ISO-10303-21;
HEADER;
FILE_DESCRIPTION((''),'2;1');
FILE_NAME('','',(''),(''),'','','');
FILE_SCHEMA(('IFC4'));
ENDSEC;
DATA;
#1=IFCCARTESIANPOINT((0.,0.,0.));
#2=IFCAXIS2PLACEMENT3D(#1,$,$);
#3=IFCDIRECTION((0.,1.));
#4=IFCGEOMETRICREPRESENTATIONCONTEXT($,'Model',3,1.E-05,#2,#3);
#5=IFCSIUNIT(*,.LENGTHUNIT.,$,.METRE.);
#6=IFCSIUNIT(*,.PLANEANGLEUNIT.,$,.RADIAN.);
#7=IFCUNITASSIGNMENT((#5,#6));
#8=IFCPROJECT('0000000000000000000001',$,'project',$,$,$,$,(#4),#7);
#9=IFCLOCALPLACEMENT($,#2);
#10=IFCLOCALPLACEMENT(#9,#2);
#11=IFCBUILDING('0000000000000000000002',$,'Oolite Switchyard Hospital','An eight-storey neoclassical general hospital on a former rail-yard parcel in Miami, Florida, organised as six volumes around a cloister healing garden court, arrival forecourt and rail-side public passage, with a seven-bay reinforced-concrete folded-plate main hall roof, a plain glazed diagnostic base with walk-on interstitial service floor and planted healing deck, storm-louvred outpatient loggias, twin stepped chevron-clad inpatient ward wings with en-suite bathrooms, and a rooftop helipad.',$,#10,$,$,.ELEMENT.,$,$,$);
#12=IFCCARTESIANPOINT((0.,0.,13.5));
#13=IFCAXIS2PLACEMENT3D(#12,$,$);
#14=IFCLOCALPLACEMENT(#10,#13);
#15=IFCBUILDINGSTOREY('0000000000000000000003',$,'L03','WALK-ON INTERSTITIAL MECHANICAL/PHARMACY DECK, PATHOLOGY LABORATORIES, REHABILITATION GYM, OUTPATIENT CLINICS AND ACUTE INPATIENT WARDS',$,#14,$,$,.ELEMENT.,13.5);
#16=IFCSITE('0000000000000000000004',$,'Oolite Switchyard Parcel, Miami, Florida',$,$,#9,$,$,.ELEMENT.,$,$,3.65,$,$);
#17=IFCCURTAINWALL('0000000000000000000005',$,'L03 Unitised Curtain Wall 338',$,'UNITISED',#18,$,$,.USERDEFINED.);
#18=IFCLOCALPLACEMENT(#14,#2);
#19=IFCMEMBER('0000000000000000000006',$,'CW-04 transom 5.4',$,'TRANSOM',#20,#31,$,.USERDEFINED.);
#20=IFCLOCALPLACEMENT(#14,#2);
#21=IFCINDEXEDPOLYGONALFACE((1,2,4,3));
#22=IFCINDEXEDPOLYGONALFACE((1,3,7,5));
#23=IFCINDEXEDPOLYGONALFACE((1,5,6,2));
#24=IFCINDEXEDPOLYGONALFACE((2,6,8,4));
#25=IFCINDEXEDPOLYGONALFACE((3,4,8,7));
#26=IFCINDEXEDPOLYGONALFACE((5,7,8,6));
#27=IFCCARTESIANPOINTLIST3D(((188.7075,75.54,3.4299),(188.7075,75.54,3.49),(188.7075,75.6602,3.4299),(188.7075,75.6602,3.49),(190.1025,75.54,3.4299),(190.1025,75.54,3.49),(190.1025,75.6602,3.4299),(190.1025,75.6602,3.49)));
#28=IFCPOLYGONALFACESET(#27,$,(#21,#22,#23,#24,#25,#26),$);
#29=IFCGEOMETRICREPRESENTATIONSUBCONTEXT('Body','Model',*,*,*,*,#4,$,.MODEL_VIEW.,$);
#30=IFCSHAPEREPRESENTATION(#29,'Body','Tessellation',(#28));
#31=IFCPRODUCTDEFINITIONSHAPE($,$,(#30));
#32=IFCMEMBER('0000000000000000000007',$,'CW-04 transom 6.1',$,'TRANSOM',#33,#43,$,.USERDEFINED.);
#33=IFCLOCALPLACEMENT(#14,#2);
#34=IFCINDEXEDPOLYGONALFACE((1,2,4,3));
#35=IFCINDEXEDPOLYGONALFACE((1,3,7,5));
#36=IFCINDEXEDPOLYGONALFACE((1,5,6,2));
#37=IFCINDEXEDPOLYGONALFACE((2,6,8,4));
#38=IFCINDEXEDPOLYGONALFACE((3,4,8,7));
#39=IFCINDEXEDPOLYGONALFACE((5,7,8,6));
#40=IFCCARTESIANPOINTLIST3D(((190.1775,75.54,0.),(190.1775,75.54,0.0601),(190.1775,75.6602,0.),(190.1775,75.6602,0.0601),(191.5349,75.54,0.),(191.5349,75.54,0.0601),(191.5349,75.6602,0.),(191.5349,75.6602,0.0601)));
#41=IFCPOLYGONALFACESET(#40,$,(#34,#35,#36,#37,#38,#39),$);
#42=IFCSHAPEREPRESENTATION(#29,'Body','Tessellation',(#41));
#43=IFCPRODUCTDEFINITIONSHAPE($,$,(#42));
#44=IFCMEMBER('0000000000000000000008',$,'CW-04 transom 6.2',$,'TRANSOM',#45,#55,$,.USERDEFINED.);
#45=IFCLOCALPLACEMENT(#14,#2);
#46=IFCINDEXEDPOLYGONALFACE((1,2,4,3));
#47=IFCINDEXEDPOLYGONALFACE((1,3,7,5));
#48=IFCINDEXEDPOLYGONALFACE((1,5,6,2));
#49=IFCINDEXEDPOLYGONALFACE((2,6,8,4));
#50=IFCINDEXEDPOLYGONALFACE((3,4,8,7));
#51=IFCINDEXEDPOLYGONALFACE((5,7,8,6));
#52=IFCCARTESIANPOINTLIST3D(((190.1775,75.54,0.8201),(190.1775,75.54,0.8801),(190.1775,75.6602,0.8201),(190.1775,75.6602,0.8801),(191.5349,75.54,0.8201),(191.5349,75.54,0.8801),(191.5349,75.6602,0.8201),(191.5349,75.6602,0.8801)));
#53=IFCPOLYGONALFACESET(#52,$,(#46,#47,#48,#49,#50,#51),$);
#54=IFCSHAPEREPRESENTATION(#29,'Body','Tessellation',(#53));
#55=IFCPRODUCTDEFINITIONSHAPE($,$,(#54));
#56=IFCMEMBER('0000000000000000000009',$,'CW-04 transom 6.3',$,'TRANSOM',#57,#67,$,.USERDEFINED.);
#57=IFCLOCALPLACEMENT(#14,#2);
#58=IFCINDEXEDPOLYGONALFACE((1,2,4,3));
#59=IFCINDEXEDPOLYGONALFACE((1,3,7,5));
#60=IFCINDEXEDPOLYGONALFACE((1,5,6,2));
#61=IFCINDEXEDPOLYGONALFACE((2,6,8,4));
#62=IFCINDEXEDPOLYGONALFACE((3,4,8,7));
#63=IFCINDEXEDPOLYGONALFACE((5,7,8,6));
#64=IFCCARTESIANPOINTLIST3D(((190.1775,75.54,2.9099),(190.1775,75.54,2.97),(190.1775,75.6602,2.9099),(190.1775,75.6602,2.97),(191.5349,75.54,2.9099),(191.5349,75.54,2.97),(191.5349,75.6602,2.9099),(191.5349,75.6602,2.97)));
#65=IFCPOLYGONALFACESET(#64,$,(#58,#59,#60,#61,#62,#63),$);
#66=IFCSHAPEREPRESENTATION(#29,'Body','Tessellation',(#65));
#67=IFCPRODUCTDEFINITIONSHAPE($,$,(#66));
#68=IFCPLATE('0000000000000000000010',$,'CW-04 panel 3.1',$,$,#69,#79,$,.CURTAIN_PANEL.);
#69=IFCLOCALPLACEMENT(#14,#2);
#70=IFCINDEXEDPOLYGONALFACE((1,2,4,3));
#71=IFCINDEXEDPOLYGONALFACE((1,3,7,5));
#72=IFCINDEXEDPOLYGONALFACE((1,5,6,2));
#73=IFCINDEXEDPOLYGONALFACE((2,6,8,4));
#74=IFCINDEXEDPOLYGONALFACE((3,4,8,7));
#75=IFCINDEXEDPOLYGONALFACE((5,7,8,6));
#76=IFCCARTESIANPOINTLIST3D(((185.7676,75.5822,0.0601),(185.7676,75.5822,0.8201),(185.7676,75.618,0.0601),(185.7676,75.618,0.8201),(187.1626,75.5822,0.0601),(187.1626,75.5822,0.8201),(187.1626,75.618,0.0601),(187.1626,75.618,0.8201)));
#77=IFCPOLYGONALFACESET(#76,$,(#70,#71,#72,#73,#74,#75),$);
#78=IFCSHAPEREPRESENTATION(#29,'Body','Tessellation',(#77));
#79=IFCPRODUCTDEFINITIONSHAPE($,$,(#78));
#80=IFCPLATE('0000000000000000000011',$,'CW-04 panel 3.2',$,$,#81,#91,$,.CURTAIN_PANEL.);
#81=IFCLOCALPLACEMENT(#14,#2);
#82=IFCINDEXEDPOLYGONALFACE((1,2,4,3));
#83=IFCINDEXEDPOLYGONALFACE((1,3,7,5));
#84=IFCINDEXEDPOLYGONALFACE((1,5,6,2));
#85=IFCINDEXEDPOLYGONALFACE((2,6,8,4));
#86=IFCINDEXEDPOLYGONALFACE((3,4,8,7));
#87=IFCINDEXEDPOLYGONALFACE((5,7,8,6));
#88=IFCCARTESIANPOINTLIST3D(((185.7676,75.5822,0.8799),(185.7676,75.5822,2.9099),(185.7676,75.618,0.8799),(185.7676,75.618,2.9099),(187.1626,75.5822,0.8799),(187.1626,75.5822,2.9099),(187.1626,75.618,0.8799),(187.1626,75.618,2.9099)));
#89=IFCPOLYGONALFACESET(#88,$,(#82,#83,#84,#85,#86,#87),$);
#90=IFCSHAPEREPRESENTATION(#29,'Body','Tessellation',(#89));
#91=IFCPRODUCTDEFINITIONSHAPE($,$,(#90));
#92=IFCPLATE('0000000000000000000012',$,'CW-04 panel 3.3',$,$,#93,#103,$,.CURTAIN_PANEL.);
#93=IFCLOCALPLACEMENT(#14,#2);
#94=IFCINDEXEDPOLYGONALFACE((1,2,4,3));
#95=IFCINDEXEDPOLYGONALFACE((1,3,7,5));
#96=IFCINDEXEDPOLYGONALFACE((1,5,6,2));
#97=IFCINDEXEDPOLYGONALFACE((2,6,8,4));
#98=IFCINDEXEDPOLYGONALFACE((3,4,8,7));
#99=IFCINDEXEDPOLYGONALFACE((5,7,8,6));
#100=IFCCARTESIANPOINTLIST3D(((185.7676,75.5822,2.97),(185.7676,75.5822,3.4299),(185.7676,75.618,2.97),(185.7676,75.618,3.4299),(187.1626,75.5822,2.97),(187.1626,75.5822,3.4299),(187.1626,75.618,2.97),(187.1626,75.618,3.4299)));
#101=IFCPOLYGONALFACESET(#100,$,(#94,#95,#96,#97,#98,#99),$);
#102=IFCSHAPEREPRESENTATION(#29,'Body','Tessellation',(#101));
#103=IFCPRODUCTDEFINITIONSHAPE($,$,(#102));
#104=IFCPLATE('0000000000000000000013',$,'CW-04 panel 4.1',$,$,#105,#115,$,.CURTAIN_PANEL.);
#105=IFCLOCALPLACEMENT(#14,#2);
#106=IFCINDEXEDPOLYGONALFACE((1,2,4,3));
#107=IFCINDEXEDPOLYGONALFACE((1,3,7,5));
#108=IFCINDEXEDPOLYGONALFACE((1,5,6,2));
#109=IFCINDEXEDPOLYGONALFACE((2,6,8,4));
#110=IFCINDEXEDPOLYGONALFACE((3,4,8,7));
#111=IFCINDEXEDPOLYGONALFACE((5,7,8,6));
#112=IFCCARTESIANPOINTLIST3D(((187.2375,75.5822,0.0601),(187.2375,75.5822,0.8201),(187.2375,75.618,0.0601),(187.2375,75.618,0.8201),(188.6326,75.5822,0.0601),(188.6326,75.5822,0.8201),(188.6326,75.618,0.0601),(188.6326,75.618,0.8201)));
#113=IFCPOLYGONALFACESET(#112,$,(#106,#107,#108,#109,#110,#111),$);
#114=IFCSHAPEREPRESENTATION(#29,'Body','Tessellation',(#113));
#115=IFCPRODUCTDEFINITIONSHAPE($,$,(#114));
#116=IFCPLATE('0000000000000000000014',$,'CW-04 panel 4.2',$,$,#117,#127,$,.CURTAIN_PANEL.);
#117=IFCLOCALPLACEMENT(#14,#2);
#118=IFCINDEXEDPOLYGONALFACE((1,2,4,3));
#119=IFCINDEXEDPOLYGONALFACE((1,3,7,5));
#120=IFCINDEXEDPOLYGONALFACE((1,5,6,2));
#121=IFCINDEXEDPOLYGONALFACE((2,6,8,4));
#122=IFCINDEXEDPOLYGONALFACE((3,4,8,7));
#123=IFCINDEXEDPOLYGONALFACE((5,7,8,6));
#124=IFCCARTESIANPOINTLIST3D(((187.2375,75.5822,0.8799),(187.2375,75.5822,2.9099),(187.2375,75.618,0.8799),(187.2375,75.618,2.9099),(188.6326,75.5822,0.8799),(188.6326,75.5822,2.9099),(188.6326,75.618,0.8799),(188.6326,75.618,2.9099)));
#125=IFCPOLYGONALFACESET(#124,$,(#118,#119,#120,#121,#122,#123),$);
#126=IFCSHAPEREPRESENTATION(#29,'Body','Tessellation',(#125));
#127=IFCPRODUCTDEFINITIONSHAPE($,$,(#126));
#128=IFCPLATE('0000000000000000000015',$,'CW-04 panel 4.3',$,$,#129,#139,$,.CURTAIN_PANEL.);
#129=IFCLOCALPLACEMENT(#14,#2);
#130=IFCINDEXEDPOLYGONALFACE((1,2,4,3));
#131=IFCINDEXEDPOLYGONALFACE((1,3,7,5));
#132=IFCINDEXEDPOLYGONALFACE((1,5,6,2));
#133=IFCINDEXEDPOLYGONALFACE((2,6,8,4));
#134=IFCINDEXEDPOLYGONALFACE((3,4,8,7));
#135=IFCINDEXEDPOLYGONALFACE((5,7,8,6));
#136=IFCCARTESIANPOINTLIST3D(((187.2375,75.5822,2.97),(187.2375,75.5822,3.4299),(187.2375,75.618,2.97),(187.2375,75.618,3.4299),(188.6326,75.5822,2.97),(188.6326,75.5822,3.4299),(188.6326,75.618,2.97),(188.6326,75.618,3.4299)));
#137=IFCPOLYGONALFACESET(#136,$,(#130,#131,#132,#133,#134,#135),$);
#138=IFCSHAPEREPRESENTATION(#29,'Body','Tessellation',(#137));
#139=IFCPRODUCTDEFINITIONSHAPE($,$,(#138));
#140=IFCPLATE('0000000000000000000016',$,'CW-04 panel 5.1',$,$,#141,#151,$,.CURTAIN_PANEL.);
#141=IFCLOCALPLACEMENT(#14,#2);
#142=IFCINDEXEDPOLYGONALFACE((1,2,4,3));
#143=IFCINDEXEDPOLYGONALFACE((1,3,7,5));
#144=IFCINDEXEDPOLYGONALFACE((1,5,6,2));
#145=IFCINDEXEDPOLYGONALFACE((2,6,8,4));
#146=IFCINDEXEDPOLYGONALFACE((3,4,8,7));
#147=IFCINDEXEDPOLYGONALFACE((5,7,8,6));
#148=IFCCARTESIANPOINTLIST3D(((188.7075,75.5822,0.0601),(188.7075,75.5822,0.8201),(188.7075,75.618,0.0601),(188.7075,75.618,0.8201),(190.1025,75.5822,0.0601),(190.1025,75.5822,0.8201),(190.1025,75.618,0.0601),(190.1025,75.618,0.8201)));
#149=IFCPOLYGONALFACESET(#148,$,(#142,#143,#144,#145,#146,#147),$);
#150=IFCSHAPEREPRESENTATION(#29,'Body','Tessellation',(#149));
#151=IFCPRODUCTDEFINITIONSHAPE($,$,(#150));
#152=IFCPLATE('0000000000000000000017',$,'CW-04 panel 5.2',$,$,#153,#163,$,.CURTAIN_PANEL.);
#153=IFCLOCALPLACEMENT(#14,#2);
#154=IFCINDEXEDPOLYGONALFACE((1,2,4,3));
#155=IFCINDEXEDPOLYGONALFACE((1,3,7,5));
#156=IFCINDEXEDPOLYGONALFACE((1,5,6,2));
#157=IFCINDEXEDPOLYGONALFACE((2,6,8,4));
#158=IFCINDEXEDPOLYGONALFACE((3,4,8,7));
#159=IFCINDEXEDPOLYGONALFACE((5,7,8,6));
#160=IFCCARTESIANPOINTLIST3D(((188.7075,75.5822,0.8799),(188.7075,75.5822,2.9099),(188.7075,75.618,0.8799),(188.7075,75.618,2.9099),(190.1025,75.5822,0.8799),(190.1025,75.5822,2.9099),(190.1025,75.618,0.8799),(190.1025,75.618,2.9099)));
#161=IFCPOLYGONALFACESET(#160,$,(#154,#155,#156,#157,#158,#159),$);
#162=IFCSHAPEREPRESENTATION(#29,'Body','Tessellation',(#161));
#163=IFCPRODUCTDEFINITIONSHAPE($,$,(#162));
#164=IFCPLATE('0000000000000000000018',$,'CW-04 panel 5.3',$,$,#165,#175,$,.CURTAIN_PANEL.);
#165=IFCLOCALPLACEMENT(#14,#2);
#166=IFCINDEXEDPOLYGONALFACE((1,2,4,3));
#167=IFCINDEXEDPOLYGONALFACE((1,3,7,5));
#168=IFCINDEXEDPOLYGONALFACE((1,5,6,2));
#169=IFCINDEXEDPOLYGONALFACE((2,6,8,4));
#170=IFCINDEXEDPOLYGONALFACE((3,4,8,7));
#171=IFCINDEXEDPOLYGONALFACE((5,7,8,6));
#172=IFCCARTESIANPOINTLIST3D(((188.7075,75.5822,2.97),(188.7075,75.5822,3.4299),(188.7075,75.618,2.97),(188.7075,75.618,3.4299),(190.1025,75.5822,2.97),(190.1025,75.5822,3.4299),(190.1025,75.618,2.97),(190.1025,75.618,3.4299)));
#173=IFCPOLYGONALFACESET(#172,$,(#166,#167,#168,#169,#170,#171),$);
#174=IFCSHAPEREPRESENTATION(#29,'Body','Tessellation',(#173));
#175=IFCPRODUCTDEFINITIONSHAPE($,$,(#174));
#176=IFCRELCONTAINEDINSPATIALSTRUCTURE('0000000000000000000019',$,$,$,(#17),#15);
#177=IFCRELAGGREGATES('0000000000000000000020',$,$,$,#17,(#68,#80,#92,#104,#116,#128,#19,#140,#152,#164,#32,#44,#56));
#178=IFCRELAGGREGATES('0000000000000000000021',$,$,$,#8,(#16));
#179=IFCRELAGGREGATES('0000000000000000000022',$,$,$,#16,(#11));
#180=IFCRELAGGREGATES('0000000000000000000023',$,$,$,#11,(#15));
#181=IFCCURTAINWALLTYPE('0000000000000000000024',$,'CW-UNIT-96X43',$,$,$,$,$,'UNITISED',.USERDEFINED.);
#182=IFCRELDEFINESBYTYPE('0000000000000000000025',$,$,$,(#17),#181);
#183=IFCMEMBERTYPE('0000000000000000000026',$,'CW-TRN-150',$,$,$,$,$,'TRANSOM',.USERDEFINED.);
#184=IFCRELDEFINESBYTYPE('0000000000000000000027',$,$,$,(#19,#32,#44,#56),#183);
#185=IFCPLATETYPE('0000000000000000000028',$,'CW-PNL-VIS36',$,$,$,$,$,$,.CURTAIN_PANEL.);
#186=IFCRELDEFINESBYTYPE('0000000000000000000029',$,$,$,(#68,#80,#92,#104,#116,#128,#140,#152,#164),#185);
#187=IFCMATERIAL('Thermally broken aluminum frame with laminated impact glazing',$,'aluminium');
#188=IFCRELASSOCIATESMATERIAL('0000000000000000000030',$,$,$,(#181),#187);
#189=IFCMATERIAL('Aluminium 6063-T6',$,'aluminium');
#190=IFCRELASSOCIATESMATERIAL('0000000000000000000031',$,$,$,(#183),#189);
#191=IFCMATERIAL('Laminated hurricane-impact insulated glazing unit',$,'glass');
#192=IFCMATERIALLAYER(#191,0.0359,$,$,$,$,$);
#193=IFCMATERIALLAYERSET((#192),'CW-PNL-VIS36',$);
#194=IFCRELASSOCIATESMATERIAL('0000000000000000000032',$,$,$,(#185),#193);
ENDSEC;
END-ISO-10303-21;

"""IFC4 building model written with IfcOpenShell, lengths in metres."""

from ifc_helpers import new_model, si_unit, direction, frame, origin, origin_2d, place, context, subcontext, project, spatial, rectangle, extrude, material, layer, layer_set, material_profile, profile_set, type_object, element, aggregate, save


model = new_model("IFC4")

# Units and contexts
model_context = context("Model", 3, precision=1e-05, world=origin(), true_north=direction((0.0, 1.0)))
body_context = subcontext(model_context, "Body", "Model", "MODEL_VIEW")
ifc_project = project(units=[si_unit("LENGTHUNIT", "METRE"), si_unit("PLANEANGLEUNIT", "RADIAN")], contexts=[model_context])

# Site, building, storey
site_placement = place(None, origin())
site = spatial("IfcSite", under=ifc_project, at=site_placement, Name="Oolite Switchyard Parcel, Miami, Florida", CompositionType="ELEMENT", RefElevation=3.65)
building_placement = place(site_placement, origin())
building = spatial("IfcBuilding", under=site, at=building_placement, Name="Oolite Switchyard Hospital", Description="An eight-storey neoclassical general hospital on a former rail-yard parcel in Miami, Florida, organised as six volumes around a cloister healing garden court, arrival forecourt and rail-side public passage, with a seven-bay reinforced-concrete folded-plate main hall roof, a plain glazed diagnostic base with walk-on interstitial service floor and planted healing deck, storm-louvred outpatient loggias, twin stepped chevron-clad inpatient ward wings with en-suite bathrooms, and a rooftop helipad.", CompositionType="ELEMENT")
storey_placement = place(building_placement, frame((0.0, 0.0, 13.5)))
storey = spatial("IfcBuildingStorey", under=building, at=storey_placement, Name="L03", Description="WALK-ON INTERSTITIAL MECHANICAL/PHARMACY DECK, PATHOLOGY LABORATORIES, REHABILITATION GYM, OUTPATIENT CLINICS AND ACUTE INPATIENT WARDS", CompositionType="ELEMENT", Elevation=13.5)

# Curtain wall, members, plates
ifc_material_1 = material(Name="Thermally broken aluminum frame with laminated impact glazing", Category="aluminium")
curtain_wall_type = type_object("IfcCurtainWallType", Name="CW-UNIT-96X43", ElementType="UNITISED", PredefinedType="USERDEFINED", material=ifc_material_1)
curtain_wall_placement = place(storey_placement, origin())
curtain_wall = element("IfcCurtainWall", 1, at=curtain_wall_placement, inside=storey, type_object=curtain_wall_type, Name="L03 Unitised Curtain Wall 338", ObjectType="UNITISED", PredefinedType="USERDEFINED")
ifc_material_2 = material(Name="Aluminium 6063-T6", Category="aluminium")
ifc_material_profile_1 = material_profile(ifc_material_2, rectangle(XDim=0.1201, YDim=0.0601, at=origin_2d()), Name="CWT60X120")
ifc_profile_set_1 = profile_set([ifc_material_profile_1], Name="Aluminium 6063-T6")
member_type_1 = type_object("IfcMemberType", Name="CW-TRN-150", ElementType="TRANSOM", PredefinedType="USERDEFINED", material=ifc_profile_set_1)
member_1_placement = place(storey_placement, frame((188.7075, 75.6001, 3.46), z_axis=(1.0, 0.0, 0.0), x_axis=(0.0, 1.0, 0.0)))
member_1 = element("IfcMember", 2, at=member_1_placement, type_object=member_type_1, Name="CW-04 transom 5.4", ObjectType="TRANSOM", PredefinedType="USERDEFINED", context=body_context, shape_type="SweptSolid", body=[
    extrude(rectangle(XDim=0.1201, YDim=0.0601, at=origin_2d()), origin(), (0.0, 0.0, 1.0), 1.395),
])
member_2_placement = place(storey_placement, frame((190.1775, 75.6001, 0.03), z_axis=(1.0, 0.0, 0.0), x_axis=(0.0, 1.0, 0.0)))
member_2 = element("IfcMember", 3, at=member_2_placement, type_object=member_type_1, Name="CW-04 transom 6.1", ObjectType="TRANSOM", PredefinedType="USERDEFINED", context=body_context, shape_type="SweptSolid", body=[
    extrude(rectangle(XDim=0.1201, YDim=0.0601, at=origin_2d()), origin(), (0.0, 0.0, 1.0), 1.3574),
])
member_3_placement = place(storey_placement, frame((190.1775, 75.6001, 0.8501), z_axis=(1.0, 0.0, 0.0), x_axis=(0.0, 1.0, 0.0)))
member_3 = element("IfcMember", 4, at=member_3_placement, type_object=member_type_1, Name="CW-04 transom 6.2", ObjectType="TRANSOM", PredefinedType="USERDEFINED", context=body_context, shape_type="SweptSolid", body=[
    extrude(rectangle(XDim=0.1201, YDim=0.0601, at=origin_2d()), origin(), (0.0, 0.0, 1.0), 1.3574),
])
member_4_placement = place(storey_placement, frame((190.1775, 75.6001, 2.9399), z_axis=(1.0, 0.0, 0.0), x_axis=(0.0, 1.0, 0.0)))
member_4 = element("IfcMember", 5, at=member_4_placement, type_object=member_type_1, Name="CW-04 transom 6.3", ObjectType="TRANSOM", PredefinedType="USERDEFINED", context=body_context, shape_type="SweptSolid", body=[
    extrude(rectangle(XDim=0.1201, YDim=0.0601, at=origin_2d()), origin(), (0.0, 0.0, 1.0), 1.3574),
])
ifc_material_3 = material(Name="Laminated hurricane-impact insulated glazing unit", Category="glass")
ifc_layer = layer(ifc_material_3, 0.0359)
ifc_layer_set = layer_set([ifc_layer], Name="CW-PNL-VIS36")
plate_type = type_object("IfcPlateType", Name="CW-PNL-VIS36", PredefinedType="CURTAIN_PANEL", material=ifc_layer_set)
plate_1_placement = place(storey_placement, frame((186.4651, 75.6001, 0.0601), z_axis=(0.0, 0.0, 1.0), x_axis=(1.0, 0.0, 0.0)))
plate_1 = element("IfcPlate", 6, at=plate_1_placement, type_object=plate_type, Name="CW-04 panel 3.1", PredefinedType="CURTAIN_PANEL", context=body_context, shape_type="SweptSolid", body=[
    extrude(rectangle(XDim=1.395, YDim=0.0359, at=origin_2d()), origin(), (0.0, 0.0, 1.0), 0.76),
])
plate_2_placement = place(storey_placement, frame((186.4651, 75.6001, 0.8799), z_axis=(0.0, 0.0, 1.0), x_axis=(1.0, 0.0, 0.0)))
plate_2 = element("IfcPlate", 7, at=plate_2_placement, type_object=plate_type, Name="CW-04 panel 3.2", PredefinedType="CURTAIN_PANEL", context=body_context, shape_type="SweptSolid", body=[
    extrude(rectangle(XDim=1.395, YDim=0.0359, at=origin_2d()), origin(), (0.0, 0.0, 1.0), 2.03),
])
plate_3_placement = place(storey_placement, frame((186.4651, 75.6001, 2.97), z_axis=(0.0, 0.0, 1.0), x_axis=(1.0, 0.0, 0.0)))
plate_3 = element("IfcPlate", 8, at=plate_3_placement, type_object=plate_type, Name="CW-04 panel 3.3", PredefinedType="CURTAIN_PANEL", context=body_context, shape_type="SweptSolid", body=[
    extrude(rectangle(XDim=1.395, YDim=0.0359, at=origin_2d()), origin(), (0.0, 0.0, 1.0), 0.46),
])
plate_4_placement = place(storey_placement, frame((187.9351, 75.6001, 0.0601), z_axis=(0.0, 0.0, 1.0), x_axis=(1.0, 0.0, 0.0)))
plate_4 = element("IfcPlate", 9, at=plate_4_placement, type_object=plate_type, Name="CW-04 panel 4.1", PredefinedType="CURTAIN_PANEL", context=body_context, shape_type="SweptSolid", body=[
    extrude(rectangle(XDim=1.395, YDim=0.0359, at=origin_2d()), origin(), (0.0, 0.0, 1.0), 0.76),
])
plate_5_placement = place(storey_placement, frame((187.9351, 75.6001, 0.8799), z_axis=(0.0, 0.0, 1.0), x_axis=(1.0, 0.0, 0.0)))
plate_5 = element("IfcPlate", 10, at=plate_5_placement, type_object=plate_type, Name="CW-04 panel 4.2", PredefinedType="CURTAIN_PANEL", context=body_context, shape_type="SweptSolid", body=[
    extrude(rectangle(XDim=1.395, YDim=0.0359, at=origin_2d()), origin(), (0.0, 0.0, 1.0), 2.03),
])
plate_6_placement = place(storey_placement, frame((187.9351, 75.6001, 2.97), z_axis=(0.0, 0.0, 1.0), x_axis=(1.0, 0.0, 0.0)))
plate_6 = element("IfcPlate", 11, at=plate_6_placement, type_object=plate_type, Name="CW-04 panel 4.3", PredefinedType="CURTAIN_PANEL", context=body_context, shape_type="SweptSolid", body=[
    extrude(rectangle(XDim=1.395, YDim=0.0359, at=origin_2d()), origin(), (0.0, 0.0, 1.0), 0.46),
])
plate_7_placement = place(storey_placement, frame((189.405, 75.6001, 0.0601), z_axis=(0.0, 0.0, 1.0), x_axis=(1.0, 0.0, 0.0)))
plate_7 = element("IfcPlate", 12, at=plate_7_placement, type_object=plate_type, Name="CW-04 panel 5.1", PredefinedType="CURTAIN_PANEL", context=body_context, shape_type="SweptSolid", body=[
    extrude(rectangle(XDim=1.395, YDim=0.0359, at=origin_2d()), origin(), (0.0, 0.0, 1.0), 0.76),
])
plate_8_placement = place(storey_placement, frame((189.405, 75.6001, 0.8799), z_axis=(0.0, 0.0, 1.0), x_axis=(1.0, 0.0, 0.0)))
plate_8 = element("IfcPlate", 13, at=plate_8_placement, type_object=plate_type, Name="CW-04 panel 5.2", PredefinedType="CURTAIN_PANEL", context=body_context, shape_type="SweptSolid", body=[
    extrude(rectangle(XDim=1.395, YDim=0.0359, at=origin_2d()), origin(), (0.0, 0.0, 1.0), 2.03),
])
plate_9_placement = place(storey_placement, frame((189.405, 75.6001, 2.97), z_axis=(0.0, 0.0, 1.0), x_axis=(1.0, 0.0, 0.0)))
plate_9 = element("IfcPlate", 14, at=plate_9_placement, type_object=plate_type, Name="CW-04 panel 5.3", PredefinedType="CURTAIN_PANEL", context=body_context, shape_type="SweptSolid", body=[
    extrude(rectangle(XDim=1.395, YDim=0.0359, at=origin_2d()), origin(), (0.0, 0.0, 1.0), 0.46),
])
aggregate(curtain_wall, [plate_1, plate_2, plate_3, plate_4, plate_5, plate_6, member_1, plate_7, plate_8, plate_9, member_2, member_3, member_4])

save(model, "model.ifc")
